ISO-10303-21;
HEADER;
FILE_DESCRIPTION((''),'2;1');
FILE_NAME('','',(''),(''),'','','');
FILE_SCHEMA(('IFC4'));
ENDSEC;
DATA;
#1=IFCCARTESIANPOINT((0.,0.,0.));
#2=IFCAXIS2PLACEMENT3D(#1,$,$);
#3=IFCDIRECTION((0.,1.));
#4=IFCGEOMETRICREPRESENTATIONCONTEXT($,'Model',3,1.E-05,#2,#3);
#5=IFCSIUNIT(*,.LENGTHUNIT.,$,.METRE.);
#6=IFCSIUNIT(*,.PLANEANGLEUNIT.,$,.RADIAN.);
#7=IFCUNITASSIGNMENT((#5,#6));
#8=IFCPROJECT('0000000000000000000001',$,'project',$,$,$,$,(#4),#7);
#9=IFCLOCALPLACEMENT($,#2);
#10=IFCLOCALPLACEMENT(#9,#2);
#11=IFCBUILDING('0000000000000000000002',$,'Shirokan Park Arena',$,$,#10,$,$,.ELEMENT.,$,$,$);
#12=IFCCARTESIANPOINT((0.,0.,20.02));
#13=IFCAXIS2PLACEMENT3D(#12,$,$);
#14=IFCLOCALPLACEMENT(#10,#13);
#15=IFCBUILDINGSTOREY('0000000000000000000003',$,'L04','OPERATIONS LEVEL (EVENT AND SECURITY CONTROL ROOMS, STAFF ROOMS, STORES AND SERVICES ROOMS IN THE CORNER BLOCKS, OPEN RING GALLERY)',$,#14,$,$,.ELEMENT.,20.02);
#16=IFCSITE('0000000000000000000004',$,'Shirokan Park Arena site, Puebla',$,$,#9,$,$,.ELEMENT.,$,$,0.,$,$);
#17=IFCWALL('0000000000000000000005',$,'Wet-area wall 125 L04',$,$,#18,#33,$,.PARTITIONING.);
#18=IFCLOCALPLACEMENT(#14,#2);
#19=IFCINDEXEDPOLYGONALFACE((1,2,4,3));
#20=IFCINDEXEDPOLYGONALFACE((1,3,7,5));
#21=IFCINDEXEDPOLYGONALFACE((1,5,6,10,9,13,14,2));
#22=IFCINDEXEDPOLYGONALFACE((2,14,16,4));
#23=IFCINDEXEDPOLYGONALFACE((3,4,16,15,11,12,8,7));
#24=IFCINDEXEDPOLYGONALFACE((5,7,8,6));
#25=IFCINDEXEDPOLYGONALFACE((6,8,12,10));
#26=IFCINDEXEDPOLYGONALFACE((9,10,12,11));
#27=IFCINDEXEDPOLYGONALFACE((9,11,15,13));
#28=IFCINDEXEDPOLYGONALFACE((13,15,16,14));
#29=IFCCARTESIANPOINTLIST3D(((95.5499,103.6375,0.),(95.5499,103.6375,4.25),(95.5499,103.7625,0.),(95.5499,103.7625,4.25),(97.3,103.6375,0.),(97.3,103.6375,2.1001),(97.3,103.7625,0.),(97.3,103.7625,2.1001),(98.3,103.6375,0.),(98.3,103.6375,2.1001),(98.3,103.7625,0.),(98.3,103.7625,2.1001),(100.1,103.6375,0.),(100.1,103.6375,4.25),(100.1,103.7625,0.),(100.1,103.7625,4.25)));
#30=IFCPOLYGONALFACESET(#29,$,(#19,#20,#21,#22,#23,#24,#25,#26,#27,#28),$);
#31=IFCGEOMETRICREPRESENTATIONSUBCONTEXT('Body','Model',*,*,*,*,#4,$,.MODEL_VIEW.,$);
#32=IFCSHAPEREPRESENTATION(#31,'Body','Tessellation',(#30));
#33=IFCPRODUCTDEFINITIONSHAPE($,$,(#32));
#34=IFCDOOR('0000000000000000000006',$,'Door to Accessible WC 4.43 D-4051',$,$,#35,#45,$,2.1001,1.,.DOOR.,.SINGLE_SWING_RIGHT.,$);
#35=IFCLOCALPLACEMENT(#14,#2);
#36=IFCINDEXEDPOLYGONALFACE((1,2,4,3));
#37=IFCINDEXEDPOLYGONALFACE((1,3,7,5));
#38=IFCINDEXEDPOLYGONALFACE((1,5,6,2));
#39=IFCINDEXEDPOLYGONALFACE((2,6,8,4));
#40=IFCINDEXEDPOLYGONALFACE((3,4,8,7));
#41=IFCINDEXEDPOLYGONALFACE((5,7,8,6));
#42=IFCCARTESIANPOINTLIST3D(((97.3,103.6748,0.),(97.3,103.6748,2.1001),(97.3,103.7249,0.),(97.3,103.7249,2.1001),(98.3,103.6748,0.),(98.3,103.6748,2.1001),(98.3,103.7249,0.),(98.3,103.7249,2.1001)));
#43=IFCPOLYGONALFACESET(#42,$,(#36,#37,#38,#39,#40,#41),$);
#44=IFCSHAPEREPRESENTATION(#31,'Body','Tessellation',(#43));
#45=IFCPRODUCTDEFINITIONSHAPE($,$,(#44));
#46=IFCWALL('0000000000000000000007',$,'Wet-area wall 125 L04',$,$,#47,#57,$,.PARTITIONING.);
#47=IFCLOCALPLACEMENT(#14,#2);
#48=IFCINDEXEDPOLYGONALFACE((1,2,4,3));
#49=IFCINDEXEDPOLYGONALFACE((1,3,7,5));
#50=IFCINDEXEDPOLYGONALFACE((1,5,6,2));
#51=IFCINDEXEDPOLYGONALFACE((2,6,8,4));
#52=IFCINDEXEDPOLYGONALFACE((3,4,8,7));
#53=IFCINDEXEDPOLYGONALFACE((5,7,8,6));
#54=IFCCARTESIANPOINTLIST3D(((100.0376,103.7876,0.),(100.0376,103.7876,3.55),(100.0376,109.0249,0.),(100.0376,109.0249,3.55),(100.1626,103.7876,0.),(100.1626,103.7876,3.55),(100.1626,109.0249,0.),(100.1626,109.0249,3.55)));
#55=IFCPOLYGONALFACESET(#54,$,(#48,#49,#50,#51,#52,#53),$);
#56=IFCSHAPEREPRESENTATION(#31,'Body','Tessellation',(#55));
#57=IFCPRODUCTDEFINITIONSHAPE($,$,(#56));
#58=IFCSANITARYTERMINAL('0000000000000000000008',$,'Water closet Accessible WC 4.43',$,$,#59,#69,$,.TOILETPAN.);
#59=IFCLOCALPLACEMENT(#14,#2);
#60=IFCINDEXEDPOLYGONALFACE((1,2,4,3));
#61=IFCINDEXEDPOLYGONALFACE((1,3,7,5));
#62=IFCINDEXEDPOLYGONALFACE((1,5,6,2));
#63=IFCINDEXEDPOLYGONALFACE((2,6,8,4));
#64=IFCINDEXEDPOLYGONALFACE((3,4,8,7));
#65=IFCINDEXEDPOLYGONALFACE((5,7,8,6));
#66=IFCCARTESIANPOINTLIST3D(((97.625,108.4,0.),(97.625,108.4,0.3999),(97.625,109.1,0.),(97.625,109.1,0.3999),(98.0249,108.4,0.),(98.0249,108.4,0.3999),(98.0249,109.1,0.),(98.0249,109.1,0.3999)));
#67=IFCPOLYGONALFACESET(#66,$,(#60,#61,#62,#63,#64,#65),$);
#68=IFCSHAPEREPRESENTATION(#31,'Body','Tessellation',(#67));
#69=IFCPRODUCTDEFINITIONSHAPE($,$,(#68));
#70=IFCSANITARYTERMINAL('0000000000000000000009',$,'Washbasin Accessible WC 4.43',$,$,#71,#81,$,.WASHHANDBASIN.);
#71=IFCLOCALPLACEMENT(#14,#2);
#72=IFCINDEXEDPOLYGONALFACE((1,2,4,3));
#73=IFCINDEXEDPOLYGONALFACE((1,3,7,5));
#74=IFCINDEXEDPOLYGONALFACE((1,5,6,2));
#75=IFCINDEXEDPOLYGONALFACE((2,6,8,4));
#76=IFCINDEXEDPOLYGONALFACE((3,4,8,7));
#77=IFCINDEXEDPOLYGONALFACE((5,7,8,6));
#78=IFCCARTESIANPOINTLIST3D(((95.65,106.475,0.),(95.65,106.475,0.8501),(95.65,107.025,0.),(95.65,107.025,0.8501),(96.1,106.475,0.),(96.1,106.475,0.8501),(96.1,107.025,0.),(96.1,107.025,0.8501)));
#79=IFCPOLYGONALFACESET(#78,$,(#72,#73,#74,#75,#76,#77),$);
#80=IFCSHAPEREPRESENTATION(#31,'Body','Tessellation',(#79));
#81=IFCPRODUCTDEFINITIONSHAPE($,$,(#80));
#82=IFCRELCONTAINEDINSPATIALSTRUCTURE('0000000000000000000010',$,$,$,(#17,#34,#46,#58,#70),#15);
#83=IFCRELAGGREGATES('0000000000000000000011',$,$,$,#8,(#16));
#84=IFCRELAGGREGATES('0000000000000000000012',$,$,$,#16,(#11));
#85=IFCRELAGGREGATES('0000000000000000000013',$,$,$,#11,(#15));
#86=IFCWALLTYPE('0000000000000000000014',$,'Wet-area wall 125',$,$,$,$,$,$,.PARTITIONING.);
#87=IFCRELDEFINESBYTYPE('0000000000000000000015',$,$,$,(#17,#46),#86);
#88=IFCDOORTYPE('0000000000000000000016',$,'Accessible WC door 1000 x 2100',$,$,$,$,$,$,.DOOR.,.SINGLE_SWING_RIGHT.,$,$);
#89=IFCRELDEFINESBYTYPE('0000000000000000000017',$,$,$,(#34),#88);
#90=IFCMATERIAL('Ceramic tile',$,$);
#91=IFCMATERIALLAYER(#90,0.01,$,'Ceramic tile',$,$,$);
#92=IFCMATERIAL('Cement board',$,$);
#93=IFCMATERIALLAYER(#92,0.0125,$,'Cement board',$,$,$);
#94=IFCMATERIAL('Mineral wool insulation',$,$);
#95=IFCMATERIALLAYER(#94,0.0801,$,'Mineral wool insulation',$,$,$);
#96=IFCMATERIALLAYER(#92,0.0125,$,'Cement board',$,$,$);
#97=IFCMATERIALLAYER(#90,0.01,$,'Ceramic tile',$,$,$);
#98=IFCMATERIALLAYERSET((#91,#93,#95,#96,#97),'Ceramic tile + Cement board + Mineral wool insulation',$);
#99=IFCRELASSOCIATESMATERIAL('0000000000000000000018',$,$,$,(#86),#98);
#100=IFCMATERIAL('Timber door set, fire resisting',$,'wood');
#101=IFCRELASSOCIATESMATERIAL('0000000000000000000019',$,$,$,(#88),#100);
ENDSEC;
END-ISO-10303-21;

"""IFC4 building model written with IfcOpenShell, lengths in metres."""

from ifc_helpers import new_model, si_unit, direction, frame, frame_2d, origin, origin_2d, place, context, subcontext, project, spatial, rectangle, extrude, material, layer, layer_set, type_object, element, fill, save


model = new_model("IFC4")

# Units and contexts
model_context = context("Model", 3, precision=1e-05, world=origin(), true_north=direction((0.0, 1.0)))
body_context = subcontext(model_context, "Body", "Model", "MODEL_VIEW")
ifc_project = project(units=[si_unit("LENGTHUNIT", "METRE"), si_unit("PLANEANGLEUNIT", "RADIAN")], contexts=[model_context])

# Site, building, storey
site_placement = place(None, origin())
site = spatial("IfcSite", under=ifc_project, at=site_placement, Name="Shirokan Park Arena site, Puebla", CompositionType="ELEMENT", RefElevation=0.0)
building_placement = place(site_placement, origin())
building = spatial("IfcBuilding", under=site, at=building_placement, Name="Shirokan Park Arena", CompositionType="ELEMENT")
storey_placement = place(building_placement, frame((0.0, 0.0, 20.02)))
storey = spatial("IfcBuildingStorey", under=building, at=storey_placement, Name="L04", Description="OPERATIONS LEVEL (EVENT AND SECURITY CONTROL ROOMS, STAFF ROOMS, STORES AND SERVICES ROOMS IN THE CORNER BLOCKS, OPEN RING GALLERY)", CompositionType="ELEMENT", Elevation=20.02)

# Shared definitions
ifc_material_1 = material(Name="Mineral wool insulation")

# Wall, opening, door
ifc_material_2 = material(Name="Ceramic tile")
ifc_layer_1 = layer(ifc_material_2, 0.01, Name="Ceramic tile")
ifc_material_3 = material(Name="Cement board")
ifc_layer_2 = layer(ifc_material_3, 0.0125, Name="Cement board")
ifc_layer_3 = layer(ifc_material_1, 0.0801, Name="Mineral wool insulation")
ifc_layer_4 = layer(ifc_material_3, 0.0125, Name="Cement board")
ifc_layer_5 = layer(ifc_material_2, 0.01, Name="Ceramic tile")
ifc_layer_set_1 = layer_set([ifc_layer_1, ifc_layer_2, ifc_layer_3, ifc_layer_4, ifc_layer_5], Name="Ceramic tile + Cement board + Mineral wool insulation")
wall_type_1 = type_object("IfcWallType", Name="Wet-area wall 125", PredefinedType="PARTITIONING", material=ifc_layer_set_1)
wall_1_placement = place(storey_placement, frame((95.55, 103.7, 0.0), z_axis=(0.0, 0.0, 1.0), x_axis=(1.0, 0.0, 0.0)))
wall_1 = element("IfcWall", 1, at=wall_1_placement, inside=storey, type_object=wall_type_1, Name="Wet-area wall 125 L04", PredefinedType="PARTITIONING", context=body_context, shape_type="SweptSolid", body=[
    extrude(rectangle(XDim=4.55, YDim=0.125, at=frame_2d((2.2749, 0.0))), origin(), (0.0, 0.0, 1.0), 4.25),
])
opening_1_placement = place(wall_1_placement, frame((1.75, 0.0, 0.0)))
opening_1 = element("IfcOpeningElement", 2, at=opening_1_placement, cuts=wall_1, PredefinedType="OPENING", context=body_context, shape_type="SweptSolid", body=[
    extrude(rectangle(XDim=1.0, YDim=2.1001, at=frame_2d((0.5, 1.05))), frame((0.0, 0.0725, 0.0), z_axis=(0.0, -1.0, 0.0), x_axis=(1.0, 0.0, 0.0)), (0.0, 0.0, 1.0), 0.145),
])
ifc_material_4 = material(Name="Timber door set, fire resisting", Category="wood")
door_type_1 = type_object("IfcDoorType", Name="Accessible WC door 1000 x 2100", OperationType="SINGLE_SWING_RIGHT", PredefinedType="DOOR", material=ifc_material_4)
door_1_placement = place(opening_1_placement, origin())
door_1 = element("IfcDoor", 3, at=door_1_placement, inside=storey, type_object=door_type_1, Name="Door to Accessible WC 4.43 D-4051", OperationType="SINGLE_SWING_RIGHT", OverallHeight=2.1001, OverallWidth=1.0, PredefinedType="DOOR", context=body_context, shape_type="SweptSolid", body=[
    extrude(rectangle(XDim=1.0, YDim=2.1001, at=frame_2d((0.5, 1.05))), frame((0.0, 0.0249, 0.0), z_axis=(0.0, -1.0, 0.0), x_axis=(1.0, 0.0, 0.0)), (0.0, 0.0, 1.0), 0.05),
])
fill(opening_1, door_1)

# Wall
wall_2_placement = place(storey_placement, frame((100.1001, 109.0249, 0.0), z_axis=(0.0, 0.0, 1.0), x_axis=(0.0, -1.0, 0.0)))
element("IfcWall", 4, at=wall_2_placement, inside=storey, type_object=wall_type_1, Name="Wet-area wall 125 L04", PredefinedType="PARTITIONING", context=body_context, shape_type="SweptSolid", body=[
    extrude(rectangle(XDim=5.2373, YDim=0.125, at=frame_2d((2.6187, 0.0))), origin(), (0.0, 0.0, 1.0), 3.55),
])

# Sanitary terminals
sanitary_terminal_1_placement = place(storey_placement, frame((97.825, 108.75, 0.0), z_axis=(0.0, 0.0, 1.0), x_axis=(1.0, 0.0, 0.0)))
element("IfcSanitaryTerminal", 5, at=sanitary_terminal_1_placement, inside=storey, Name="Water closet Accessible WC 4.43", PredefinedType="TOILETPAN", context=body_context, shape_type="SweptSolid", body=[
    extrude(rectangle(XDim=0.3999, YDim=0.7, at=origin_2d()), origin(), (0.0, 0.0, 1.0), 0.3999),
])
sanitary_terminal_2_placement = place(storey_placement, frame((95.875, 106.75, 0.0), z_axis=(0.0, 0.0, 1.0), x_axis=(1.0, 0.0, 0.0)))
element("IfcSanitaryTerminal", 6, at=sanitary_terminal_2_placement, inside=storey, Name="Washbasin Accessible WC 4.43", PredefinedType="WASHHANDBASIN", context=body_context, shape_type="SweptSolid", body=[
    extrude(rectangle(XDim=0.45, YDim=0.55, at=origin_2d()), origin(), (0.0, 0.0, 1.0), 0.8501),
])

save(model, "model.ifc")
